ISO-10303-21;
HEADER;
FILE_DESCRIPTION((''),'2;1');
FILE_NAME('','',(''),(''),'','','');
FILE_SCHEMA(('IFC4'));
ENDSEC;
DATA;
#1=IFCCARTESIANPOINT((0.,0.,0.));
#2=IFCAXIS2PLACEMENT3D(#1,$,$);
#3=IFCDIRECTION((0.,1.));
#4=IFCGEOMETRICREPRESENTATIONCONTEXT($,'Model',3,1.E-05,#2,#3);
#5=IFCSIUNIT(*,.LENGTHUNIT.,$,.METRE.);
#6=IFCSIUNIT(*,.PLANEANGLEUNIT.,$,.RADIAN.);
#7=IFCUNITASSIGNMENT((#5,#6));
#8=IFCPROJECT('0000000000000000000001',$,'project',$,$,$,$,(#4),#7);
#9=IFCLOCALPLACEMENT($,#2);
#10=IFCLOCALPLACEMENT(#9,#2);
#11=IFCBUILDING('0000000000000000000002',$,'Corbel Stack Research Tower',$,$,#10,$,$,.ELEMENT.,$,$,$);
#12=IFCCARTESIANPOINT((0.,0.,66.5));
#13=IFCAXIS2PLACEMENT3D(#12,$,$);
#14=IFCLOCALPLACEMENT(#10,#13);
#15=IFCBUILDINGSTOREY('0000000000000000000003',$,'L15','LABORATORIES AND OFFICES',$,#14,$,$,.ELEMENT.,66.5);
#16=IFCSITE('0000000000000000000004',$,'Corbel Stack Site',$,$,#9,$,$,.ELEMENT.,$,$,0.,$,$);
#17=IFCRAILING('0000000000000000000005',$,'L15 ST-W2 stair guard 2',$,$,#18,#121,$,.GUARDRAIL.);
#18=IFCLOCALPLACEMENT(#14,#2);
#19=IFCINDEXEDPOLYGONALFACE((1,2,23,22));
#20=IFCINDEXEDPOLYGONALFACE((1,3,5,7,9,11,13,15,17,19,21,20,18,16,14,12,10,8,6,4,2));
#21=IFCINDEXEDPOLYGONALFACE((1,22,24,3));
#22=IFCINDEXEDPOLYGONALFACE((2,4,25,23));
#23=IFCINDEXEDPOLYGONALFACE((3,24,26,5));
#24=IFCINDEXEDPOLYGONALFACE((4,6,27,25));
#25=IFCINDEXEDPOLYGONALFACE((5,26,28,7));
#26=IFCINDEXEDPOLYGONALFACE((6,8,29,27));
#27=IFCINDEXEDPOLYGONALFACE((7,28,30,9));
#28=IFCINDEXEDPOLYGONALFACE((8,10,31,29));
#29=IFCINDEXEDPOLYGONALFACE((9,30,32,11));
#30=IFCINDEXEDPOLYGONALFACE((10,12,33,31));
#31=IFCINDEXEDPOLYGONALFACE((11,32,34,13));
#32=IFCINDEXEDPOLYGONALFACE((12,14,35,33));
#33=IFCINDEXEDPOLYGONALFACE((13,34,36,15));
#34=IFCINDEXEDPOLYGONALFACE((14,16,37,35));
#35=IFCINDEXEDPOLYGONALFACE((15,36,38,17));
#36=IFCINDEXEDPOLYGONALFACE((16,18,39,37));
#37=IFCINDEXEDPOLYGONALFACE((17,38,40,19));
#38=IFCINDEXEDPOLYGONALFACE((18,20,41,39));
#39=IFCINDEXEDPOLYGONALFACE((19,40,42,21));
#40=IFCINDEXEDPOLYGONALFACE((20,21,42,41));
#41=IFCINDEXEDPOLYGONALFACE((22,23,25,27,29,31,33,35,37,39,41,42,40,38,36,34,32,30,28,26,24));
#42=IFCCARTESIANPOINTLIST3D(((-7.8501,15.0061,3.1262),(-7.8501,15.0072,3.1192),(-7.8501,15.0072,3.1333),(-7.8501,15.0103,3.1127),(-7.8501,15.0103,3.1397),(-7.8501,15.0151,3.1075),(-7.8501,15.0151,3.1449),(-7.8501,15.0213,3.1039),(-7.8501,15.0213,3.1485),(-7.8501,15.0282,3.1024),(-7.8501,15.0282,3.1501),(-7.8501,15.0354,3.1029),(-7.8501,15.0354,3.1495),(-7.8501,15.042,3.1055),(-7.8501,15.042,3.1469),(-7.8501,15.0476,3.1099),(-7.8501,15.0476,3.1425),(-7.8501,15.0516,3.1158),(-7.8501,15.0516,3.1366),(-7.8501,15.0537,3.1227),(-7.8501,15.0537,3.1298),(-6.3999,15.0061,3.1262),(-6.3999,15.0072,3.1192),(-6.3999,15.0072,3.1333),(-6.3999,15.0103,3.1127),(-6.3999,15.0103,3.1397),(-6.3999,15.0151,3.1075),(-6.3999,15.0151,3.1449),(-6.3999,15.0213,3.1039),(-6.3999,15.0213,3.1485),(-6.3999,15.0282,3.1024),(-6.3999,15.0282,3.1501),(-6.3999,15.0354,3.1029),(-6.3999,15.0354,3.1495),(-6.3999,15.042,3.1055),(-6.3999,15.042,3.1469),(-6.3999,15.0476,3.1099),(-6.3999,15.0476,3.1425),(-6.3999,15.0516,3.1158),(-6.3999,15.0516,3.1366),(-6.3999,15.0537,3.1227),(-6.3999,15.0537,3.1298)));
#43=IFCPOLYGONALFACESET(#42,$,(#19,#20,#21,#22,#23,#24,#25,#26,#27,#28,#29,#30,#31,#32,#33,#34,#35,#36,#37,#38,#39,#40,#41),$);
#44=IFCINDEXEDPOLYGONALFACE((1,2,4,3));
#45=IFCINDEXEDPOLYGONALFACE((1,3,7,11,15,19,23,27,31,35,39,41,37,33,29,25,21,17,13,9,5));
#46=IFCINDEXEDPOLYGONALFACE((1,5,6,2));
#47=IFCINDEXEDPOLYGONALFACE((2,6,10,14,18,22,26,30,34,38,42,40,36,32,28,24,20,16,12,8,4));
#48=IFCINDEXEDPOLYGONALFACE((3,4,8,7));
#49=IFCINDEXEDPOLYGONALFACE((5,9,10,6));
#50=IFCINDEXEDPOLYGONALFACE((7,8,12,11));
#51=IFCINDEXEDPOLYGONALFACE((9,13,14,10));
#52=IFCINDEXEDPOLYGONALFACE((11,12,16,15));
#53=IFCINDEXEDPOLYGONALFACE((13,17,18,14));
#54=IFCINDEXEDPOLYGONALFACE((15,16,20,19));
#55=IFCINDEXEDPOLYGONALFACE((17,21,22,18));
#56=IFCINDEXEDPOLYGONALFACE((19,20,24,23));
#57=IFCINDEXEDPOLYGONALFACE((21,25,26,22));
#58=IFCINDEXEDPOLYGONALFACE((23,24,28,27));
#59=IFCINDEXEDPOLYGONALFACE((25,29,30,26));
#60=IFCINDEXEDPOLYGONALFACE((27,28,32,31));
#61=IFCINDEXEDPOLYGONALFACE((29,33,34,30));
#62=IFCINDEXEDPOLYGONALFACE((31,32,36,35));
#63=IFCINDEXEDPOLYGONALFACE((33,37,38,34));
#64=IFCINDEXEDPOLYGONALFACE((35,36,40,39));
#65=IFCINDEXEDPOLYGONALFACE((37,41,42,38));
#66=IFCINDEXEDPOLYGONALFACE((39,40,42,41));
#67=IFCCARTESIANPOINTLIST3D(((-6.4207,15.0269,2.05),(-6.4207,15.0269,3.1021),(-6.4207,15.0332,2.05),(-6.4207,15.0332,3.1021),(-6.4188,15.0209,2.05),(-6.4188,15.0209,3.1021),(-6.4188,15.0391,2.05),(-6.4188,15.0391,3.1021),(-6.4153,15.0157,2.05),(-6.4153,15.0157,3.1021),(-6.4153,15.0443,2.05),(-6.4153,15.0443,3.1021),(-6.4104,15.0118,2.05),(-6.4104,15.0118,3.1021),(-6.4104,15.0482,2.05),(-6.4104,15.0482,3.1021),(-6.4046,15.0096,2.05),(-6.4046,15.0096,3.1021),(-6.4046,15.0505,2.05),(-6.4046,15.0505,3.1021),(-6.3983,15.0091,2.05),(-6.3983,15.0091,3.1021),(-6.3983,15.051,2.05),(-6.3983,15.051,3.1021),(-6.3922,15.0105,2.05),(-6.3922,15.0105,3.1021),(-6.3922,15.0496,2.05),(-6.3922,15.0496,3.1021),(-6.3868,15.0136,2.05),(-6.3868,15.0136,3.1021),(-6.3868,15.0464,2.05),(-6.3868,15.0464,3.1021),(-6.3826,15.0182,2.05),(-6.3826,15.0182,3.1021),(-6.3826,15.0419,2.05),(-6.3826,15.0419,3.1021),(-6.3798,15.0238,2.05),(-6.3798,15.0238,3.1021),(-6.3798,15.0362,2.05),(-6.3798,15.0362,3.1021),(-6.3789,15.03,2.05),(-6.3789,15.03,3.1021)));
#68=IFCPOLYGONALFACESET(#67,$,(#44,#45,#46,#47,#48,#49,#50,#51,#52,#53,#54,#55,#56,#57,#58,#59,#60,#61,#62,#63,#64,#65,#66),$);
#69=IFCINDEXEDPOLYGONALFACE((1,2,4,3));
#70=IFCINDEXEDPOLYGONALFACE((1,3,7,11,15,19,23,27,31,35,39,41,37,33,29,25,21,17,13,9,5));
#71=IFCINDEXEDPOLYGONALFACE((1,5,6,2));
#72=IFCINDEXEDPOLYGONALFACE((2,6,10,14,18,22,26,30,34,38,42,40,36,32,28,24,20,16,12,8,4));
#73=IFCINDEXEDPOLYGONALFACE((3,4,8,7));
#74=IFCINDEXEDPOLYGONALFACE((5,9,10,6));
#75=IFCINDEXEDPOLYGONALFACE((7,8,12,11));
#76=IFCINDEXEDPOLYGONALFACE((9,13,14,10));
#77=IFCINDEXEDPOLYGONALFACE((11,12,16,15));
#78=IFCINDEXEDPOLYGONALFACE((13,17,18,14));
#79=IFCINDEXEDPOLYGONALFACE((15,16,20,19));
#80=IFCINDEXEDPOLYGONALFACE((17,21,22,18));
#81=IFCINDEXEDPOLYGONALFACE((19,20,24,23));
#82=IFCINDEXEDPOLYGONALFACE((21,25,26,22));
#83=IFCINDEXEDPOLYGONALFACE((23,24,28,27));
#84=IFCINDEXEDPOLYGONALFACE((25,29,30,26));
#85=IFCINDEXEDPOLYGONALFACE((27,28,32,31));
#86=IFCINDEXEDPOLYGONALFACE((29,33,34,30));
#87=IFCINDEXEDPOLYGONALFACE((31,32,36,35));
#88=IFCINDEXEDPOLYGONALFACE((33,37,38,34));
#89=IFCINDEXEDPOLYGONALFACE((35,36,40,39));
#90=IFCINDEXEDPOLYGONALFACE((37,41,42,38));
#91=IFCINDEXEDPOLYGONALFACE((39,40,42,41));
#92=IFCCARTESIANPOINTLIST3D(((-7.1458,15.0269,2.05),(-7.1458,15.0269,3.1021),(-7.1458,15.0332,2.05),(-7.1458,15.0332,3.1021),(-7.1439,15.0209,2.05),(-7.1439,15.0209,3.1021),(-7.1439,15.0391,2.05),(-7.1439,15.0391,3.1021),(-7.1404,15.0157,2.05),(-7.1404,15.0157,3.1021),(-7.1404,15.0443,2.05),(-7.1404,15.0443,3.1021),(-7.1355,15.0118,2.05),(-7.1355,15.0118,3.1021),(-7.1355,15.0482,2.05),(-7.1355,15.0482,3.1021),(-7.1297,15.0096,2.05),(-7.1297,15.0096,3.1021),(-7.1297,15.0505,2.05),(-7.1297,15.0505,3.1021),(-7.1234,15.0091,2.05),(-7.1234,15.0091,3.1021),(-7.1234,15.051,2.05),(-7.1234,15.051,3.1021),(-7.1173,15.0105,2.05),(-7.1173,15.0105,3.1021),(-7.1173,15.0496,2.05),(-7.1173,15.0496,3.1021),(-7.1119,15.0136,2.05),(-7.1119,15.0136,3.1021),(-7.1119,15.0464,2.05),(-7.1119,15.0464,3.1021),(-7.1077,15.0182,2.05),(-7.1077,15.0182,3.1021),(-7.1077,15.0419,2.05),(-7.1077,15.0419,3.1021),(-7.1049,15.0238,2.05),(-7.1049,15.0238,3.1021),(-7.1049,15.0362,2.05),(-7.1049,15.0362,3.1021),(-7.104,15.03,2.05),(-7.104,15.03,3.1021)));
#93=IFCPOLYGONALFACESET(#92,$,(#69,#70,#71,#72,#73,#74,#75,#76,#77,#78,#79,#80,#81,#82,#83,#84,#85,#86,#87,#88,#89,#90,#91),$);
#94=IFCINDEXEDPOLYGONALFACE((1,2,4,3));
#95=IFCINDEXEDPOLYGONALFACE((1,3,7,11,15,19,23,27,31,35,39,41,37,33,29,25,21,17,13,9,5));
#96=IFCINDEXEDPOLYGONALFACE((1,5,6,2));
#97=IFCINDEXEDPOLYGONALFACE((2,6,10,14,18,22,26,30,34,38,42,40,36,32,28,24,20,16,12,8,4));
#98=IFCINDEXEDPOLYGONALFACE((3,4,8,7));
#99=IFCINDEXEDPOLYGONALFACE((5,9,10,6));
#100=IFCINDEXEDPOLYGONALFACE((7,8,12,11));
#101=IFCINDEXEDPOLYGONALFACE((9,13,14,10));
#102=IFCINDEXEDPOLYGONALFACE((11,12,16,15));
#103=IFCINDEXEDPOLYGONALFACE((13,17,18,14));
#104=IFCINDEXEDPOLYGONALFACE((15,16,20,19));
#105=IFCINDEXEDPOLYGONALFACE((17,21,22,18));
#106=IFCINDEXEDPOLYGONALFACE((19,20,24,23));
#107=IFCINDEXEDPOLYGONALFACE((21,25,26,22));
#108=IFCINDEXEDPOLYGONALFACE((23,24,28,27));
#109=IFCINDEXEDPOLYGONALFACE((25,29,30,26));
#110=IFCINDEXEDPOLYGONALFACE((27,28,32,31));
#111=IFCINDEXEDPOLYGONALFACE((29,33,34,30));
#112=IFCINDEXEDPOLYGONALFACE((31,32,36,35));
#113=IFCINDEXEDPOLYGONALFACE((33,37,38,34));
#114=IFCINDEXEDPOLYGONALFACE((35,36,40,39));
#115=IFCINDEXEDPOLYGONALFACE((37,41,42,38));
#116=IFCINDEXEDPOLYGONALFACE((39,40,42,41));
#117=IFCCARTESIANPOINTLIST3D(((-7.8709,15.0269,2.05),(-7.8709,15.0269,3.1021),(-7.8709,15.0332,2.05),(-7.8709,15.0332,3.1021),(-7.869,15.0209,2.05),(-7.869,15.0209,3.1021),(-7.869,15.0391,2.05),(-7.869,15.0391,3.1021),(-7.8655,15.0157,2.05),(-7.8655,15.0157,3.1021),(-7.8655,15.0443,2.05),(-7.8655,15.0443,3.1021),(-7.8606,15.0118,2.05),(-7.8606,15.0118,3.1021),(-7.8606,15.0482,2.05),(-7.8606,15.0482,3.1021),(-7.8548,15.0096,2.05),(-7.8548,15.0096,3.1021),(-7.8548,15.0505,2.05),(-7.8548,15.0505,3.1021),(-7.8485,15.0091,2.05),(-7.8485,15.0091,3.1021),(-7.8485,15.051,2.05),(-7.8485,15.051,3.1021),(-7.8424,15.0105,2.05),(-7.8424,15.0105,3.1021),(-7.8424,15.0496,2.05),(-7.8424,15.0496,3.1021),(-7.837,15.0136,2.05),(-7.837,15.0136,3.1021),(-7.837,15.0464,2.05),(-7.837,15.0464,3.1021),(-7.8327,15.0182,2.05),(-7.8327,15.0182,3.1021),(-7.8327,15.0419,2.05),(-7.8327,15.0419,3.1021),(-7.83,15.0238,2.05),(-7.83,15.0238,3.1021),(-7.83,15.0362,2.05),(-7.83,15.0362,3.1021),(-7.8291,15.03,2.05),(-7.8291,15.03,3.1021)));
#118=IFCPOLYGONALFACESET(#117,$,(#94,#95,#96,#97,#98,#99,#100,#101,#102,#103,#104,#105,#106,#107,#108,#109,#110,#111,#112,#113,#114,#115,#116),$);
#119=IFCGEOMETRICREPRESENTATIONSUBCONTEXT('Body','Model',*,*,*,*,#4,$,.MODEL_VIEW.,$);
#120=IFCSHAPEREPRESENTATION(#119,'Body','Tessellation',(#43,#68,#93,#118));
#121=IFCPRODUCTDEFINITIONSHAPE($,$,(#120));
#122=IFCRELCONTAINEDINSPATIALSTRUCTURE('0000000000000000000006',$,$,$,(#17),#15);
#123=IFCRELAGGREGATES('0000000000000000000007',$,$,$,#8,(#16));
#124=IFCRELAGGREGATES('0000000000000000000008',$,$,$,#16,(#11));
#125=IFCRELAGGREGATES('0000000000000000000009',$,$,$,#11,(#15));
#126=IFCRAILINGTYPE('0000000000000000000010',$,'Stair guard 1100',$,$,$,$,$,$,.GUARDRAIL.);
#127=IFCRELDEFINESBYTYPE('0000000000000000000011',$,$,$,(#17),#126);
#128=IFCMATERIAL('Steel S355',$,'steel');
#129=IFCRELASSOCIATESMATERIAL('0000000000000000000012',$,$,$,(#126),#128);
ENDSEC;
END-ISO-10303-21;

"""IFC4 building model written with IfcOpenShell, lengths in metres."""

from ifc_helpers import new_model, si_unit, direction, frame, origin, origin_2d, place, context, subcontext, project, spatial, circle, extrude, material, type_object, element, save


model = new_model("IFC4")

# Units and contexts
model_context = context("Model", 3, precision=1e-05, world=origin(), true_north=direction((0.0, 1.0)))
body_context = subcontext(model_context, "Body", "Model", "MODEL_VIEW")
ifc_project = project(units=[si_unit("LENGTHUNIT", "METRE"), si_unit("PLANEANGLEUNIT", "RADIAN")], contexts=[model_context])

# Site, building, storey
site_placement = place(None, origin())
site = spatial("IfcSite", under=ifc_project, at=site_placement, Name="Corbel Stack Site", CompositionType="ELEMENT", RefElevation=0.0)
building_placement = place(site_placement, origin())
building = spatial("IfcBuilding", under=site, at=building_placement, Name="Corbel Stack Research Tower", CompositionType="ELEMENT")
storey_placement = place(building_placement, frame((0.0, 0.0, 66.5)))
storey = spatial("IfcBuildingStorey", under=building, at=storey_placement, Name="L15", Description="LABORATORIES AND OFFICES", CompositionType="ELEMENT", Elevation=66.5)

# Railing
ifc_material_1 = material(Name="Steel S355", Category="steel")
railing_type_1 = type_object("IfcRailingType", Name="Stair guard 1100", PredefinedType="GUARDRAIL", material=ifc_material_1)
railing_1_placement = place(storey_placement, frame((-6.3999, 15.03, 2.05)))
element("IfcRailing", 1, at=railing_1_placement, inside=storey, type_object=railing_type_1, Name="L15 ST-W2 stair guard 2", PredefinedType="GUARDRAIL", context=body_context, shape_type="SweptSolid", body=[
    extrude(circle(Radius=0.0239, at=origin_2d()), frame((0.0, 0.0, 1.0762), z_axis=(-1.0, 0.0, 0.0), x_axis=(0.0, -1.0, 0.0)), (0.0, 0.0, 1.0), 1.4502),
    extrude(circle(Radius=0.021, at=origin_2d()), origin(), (0.0, 0.0, 1.0), 1.052),
    extrude(circle(Radius=0.021, at=origin_2d()), frame((-0.7251, 0.0, 0.0)), (0.0, 0.0, 1.0), 1.052),
    extrude(circle(Radius=0.021, at=origin_2d()), frame((-1.4502, 0.0, 0.0)), (0.0, 0.0, 1.0), 1.052),
])

save(model, "model.ifc")
